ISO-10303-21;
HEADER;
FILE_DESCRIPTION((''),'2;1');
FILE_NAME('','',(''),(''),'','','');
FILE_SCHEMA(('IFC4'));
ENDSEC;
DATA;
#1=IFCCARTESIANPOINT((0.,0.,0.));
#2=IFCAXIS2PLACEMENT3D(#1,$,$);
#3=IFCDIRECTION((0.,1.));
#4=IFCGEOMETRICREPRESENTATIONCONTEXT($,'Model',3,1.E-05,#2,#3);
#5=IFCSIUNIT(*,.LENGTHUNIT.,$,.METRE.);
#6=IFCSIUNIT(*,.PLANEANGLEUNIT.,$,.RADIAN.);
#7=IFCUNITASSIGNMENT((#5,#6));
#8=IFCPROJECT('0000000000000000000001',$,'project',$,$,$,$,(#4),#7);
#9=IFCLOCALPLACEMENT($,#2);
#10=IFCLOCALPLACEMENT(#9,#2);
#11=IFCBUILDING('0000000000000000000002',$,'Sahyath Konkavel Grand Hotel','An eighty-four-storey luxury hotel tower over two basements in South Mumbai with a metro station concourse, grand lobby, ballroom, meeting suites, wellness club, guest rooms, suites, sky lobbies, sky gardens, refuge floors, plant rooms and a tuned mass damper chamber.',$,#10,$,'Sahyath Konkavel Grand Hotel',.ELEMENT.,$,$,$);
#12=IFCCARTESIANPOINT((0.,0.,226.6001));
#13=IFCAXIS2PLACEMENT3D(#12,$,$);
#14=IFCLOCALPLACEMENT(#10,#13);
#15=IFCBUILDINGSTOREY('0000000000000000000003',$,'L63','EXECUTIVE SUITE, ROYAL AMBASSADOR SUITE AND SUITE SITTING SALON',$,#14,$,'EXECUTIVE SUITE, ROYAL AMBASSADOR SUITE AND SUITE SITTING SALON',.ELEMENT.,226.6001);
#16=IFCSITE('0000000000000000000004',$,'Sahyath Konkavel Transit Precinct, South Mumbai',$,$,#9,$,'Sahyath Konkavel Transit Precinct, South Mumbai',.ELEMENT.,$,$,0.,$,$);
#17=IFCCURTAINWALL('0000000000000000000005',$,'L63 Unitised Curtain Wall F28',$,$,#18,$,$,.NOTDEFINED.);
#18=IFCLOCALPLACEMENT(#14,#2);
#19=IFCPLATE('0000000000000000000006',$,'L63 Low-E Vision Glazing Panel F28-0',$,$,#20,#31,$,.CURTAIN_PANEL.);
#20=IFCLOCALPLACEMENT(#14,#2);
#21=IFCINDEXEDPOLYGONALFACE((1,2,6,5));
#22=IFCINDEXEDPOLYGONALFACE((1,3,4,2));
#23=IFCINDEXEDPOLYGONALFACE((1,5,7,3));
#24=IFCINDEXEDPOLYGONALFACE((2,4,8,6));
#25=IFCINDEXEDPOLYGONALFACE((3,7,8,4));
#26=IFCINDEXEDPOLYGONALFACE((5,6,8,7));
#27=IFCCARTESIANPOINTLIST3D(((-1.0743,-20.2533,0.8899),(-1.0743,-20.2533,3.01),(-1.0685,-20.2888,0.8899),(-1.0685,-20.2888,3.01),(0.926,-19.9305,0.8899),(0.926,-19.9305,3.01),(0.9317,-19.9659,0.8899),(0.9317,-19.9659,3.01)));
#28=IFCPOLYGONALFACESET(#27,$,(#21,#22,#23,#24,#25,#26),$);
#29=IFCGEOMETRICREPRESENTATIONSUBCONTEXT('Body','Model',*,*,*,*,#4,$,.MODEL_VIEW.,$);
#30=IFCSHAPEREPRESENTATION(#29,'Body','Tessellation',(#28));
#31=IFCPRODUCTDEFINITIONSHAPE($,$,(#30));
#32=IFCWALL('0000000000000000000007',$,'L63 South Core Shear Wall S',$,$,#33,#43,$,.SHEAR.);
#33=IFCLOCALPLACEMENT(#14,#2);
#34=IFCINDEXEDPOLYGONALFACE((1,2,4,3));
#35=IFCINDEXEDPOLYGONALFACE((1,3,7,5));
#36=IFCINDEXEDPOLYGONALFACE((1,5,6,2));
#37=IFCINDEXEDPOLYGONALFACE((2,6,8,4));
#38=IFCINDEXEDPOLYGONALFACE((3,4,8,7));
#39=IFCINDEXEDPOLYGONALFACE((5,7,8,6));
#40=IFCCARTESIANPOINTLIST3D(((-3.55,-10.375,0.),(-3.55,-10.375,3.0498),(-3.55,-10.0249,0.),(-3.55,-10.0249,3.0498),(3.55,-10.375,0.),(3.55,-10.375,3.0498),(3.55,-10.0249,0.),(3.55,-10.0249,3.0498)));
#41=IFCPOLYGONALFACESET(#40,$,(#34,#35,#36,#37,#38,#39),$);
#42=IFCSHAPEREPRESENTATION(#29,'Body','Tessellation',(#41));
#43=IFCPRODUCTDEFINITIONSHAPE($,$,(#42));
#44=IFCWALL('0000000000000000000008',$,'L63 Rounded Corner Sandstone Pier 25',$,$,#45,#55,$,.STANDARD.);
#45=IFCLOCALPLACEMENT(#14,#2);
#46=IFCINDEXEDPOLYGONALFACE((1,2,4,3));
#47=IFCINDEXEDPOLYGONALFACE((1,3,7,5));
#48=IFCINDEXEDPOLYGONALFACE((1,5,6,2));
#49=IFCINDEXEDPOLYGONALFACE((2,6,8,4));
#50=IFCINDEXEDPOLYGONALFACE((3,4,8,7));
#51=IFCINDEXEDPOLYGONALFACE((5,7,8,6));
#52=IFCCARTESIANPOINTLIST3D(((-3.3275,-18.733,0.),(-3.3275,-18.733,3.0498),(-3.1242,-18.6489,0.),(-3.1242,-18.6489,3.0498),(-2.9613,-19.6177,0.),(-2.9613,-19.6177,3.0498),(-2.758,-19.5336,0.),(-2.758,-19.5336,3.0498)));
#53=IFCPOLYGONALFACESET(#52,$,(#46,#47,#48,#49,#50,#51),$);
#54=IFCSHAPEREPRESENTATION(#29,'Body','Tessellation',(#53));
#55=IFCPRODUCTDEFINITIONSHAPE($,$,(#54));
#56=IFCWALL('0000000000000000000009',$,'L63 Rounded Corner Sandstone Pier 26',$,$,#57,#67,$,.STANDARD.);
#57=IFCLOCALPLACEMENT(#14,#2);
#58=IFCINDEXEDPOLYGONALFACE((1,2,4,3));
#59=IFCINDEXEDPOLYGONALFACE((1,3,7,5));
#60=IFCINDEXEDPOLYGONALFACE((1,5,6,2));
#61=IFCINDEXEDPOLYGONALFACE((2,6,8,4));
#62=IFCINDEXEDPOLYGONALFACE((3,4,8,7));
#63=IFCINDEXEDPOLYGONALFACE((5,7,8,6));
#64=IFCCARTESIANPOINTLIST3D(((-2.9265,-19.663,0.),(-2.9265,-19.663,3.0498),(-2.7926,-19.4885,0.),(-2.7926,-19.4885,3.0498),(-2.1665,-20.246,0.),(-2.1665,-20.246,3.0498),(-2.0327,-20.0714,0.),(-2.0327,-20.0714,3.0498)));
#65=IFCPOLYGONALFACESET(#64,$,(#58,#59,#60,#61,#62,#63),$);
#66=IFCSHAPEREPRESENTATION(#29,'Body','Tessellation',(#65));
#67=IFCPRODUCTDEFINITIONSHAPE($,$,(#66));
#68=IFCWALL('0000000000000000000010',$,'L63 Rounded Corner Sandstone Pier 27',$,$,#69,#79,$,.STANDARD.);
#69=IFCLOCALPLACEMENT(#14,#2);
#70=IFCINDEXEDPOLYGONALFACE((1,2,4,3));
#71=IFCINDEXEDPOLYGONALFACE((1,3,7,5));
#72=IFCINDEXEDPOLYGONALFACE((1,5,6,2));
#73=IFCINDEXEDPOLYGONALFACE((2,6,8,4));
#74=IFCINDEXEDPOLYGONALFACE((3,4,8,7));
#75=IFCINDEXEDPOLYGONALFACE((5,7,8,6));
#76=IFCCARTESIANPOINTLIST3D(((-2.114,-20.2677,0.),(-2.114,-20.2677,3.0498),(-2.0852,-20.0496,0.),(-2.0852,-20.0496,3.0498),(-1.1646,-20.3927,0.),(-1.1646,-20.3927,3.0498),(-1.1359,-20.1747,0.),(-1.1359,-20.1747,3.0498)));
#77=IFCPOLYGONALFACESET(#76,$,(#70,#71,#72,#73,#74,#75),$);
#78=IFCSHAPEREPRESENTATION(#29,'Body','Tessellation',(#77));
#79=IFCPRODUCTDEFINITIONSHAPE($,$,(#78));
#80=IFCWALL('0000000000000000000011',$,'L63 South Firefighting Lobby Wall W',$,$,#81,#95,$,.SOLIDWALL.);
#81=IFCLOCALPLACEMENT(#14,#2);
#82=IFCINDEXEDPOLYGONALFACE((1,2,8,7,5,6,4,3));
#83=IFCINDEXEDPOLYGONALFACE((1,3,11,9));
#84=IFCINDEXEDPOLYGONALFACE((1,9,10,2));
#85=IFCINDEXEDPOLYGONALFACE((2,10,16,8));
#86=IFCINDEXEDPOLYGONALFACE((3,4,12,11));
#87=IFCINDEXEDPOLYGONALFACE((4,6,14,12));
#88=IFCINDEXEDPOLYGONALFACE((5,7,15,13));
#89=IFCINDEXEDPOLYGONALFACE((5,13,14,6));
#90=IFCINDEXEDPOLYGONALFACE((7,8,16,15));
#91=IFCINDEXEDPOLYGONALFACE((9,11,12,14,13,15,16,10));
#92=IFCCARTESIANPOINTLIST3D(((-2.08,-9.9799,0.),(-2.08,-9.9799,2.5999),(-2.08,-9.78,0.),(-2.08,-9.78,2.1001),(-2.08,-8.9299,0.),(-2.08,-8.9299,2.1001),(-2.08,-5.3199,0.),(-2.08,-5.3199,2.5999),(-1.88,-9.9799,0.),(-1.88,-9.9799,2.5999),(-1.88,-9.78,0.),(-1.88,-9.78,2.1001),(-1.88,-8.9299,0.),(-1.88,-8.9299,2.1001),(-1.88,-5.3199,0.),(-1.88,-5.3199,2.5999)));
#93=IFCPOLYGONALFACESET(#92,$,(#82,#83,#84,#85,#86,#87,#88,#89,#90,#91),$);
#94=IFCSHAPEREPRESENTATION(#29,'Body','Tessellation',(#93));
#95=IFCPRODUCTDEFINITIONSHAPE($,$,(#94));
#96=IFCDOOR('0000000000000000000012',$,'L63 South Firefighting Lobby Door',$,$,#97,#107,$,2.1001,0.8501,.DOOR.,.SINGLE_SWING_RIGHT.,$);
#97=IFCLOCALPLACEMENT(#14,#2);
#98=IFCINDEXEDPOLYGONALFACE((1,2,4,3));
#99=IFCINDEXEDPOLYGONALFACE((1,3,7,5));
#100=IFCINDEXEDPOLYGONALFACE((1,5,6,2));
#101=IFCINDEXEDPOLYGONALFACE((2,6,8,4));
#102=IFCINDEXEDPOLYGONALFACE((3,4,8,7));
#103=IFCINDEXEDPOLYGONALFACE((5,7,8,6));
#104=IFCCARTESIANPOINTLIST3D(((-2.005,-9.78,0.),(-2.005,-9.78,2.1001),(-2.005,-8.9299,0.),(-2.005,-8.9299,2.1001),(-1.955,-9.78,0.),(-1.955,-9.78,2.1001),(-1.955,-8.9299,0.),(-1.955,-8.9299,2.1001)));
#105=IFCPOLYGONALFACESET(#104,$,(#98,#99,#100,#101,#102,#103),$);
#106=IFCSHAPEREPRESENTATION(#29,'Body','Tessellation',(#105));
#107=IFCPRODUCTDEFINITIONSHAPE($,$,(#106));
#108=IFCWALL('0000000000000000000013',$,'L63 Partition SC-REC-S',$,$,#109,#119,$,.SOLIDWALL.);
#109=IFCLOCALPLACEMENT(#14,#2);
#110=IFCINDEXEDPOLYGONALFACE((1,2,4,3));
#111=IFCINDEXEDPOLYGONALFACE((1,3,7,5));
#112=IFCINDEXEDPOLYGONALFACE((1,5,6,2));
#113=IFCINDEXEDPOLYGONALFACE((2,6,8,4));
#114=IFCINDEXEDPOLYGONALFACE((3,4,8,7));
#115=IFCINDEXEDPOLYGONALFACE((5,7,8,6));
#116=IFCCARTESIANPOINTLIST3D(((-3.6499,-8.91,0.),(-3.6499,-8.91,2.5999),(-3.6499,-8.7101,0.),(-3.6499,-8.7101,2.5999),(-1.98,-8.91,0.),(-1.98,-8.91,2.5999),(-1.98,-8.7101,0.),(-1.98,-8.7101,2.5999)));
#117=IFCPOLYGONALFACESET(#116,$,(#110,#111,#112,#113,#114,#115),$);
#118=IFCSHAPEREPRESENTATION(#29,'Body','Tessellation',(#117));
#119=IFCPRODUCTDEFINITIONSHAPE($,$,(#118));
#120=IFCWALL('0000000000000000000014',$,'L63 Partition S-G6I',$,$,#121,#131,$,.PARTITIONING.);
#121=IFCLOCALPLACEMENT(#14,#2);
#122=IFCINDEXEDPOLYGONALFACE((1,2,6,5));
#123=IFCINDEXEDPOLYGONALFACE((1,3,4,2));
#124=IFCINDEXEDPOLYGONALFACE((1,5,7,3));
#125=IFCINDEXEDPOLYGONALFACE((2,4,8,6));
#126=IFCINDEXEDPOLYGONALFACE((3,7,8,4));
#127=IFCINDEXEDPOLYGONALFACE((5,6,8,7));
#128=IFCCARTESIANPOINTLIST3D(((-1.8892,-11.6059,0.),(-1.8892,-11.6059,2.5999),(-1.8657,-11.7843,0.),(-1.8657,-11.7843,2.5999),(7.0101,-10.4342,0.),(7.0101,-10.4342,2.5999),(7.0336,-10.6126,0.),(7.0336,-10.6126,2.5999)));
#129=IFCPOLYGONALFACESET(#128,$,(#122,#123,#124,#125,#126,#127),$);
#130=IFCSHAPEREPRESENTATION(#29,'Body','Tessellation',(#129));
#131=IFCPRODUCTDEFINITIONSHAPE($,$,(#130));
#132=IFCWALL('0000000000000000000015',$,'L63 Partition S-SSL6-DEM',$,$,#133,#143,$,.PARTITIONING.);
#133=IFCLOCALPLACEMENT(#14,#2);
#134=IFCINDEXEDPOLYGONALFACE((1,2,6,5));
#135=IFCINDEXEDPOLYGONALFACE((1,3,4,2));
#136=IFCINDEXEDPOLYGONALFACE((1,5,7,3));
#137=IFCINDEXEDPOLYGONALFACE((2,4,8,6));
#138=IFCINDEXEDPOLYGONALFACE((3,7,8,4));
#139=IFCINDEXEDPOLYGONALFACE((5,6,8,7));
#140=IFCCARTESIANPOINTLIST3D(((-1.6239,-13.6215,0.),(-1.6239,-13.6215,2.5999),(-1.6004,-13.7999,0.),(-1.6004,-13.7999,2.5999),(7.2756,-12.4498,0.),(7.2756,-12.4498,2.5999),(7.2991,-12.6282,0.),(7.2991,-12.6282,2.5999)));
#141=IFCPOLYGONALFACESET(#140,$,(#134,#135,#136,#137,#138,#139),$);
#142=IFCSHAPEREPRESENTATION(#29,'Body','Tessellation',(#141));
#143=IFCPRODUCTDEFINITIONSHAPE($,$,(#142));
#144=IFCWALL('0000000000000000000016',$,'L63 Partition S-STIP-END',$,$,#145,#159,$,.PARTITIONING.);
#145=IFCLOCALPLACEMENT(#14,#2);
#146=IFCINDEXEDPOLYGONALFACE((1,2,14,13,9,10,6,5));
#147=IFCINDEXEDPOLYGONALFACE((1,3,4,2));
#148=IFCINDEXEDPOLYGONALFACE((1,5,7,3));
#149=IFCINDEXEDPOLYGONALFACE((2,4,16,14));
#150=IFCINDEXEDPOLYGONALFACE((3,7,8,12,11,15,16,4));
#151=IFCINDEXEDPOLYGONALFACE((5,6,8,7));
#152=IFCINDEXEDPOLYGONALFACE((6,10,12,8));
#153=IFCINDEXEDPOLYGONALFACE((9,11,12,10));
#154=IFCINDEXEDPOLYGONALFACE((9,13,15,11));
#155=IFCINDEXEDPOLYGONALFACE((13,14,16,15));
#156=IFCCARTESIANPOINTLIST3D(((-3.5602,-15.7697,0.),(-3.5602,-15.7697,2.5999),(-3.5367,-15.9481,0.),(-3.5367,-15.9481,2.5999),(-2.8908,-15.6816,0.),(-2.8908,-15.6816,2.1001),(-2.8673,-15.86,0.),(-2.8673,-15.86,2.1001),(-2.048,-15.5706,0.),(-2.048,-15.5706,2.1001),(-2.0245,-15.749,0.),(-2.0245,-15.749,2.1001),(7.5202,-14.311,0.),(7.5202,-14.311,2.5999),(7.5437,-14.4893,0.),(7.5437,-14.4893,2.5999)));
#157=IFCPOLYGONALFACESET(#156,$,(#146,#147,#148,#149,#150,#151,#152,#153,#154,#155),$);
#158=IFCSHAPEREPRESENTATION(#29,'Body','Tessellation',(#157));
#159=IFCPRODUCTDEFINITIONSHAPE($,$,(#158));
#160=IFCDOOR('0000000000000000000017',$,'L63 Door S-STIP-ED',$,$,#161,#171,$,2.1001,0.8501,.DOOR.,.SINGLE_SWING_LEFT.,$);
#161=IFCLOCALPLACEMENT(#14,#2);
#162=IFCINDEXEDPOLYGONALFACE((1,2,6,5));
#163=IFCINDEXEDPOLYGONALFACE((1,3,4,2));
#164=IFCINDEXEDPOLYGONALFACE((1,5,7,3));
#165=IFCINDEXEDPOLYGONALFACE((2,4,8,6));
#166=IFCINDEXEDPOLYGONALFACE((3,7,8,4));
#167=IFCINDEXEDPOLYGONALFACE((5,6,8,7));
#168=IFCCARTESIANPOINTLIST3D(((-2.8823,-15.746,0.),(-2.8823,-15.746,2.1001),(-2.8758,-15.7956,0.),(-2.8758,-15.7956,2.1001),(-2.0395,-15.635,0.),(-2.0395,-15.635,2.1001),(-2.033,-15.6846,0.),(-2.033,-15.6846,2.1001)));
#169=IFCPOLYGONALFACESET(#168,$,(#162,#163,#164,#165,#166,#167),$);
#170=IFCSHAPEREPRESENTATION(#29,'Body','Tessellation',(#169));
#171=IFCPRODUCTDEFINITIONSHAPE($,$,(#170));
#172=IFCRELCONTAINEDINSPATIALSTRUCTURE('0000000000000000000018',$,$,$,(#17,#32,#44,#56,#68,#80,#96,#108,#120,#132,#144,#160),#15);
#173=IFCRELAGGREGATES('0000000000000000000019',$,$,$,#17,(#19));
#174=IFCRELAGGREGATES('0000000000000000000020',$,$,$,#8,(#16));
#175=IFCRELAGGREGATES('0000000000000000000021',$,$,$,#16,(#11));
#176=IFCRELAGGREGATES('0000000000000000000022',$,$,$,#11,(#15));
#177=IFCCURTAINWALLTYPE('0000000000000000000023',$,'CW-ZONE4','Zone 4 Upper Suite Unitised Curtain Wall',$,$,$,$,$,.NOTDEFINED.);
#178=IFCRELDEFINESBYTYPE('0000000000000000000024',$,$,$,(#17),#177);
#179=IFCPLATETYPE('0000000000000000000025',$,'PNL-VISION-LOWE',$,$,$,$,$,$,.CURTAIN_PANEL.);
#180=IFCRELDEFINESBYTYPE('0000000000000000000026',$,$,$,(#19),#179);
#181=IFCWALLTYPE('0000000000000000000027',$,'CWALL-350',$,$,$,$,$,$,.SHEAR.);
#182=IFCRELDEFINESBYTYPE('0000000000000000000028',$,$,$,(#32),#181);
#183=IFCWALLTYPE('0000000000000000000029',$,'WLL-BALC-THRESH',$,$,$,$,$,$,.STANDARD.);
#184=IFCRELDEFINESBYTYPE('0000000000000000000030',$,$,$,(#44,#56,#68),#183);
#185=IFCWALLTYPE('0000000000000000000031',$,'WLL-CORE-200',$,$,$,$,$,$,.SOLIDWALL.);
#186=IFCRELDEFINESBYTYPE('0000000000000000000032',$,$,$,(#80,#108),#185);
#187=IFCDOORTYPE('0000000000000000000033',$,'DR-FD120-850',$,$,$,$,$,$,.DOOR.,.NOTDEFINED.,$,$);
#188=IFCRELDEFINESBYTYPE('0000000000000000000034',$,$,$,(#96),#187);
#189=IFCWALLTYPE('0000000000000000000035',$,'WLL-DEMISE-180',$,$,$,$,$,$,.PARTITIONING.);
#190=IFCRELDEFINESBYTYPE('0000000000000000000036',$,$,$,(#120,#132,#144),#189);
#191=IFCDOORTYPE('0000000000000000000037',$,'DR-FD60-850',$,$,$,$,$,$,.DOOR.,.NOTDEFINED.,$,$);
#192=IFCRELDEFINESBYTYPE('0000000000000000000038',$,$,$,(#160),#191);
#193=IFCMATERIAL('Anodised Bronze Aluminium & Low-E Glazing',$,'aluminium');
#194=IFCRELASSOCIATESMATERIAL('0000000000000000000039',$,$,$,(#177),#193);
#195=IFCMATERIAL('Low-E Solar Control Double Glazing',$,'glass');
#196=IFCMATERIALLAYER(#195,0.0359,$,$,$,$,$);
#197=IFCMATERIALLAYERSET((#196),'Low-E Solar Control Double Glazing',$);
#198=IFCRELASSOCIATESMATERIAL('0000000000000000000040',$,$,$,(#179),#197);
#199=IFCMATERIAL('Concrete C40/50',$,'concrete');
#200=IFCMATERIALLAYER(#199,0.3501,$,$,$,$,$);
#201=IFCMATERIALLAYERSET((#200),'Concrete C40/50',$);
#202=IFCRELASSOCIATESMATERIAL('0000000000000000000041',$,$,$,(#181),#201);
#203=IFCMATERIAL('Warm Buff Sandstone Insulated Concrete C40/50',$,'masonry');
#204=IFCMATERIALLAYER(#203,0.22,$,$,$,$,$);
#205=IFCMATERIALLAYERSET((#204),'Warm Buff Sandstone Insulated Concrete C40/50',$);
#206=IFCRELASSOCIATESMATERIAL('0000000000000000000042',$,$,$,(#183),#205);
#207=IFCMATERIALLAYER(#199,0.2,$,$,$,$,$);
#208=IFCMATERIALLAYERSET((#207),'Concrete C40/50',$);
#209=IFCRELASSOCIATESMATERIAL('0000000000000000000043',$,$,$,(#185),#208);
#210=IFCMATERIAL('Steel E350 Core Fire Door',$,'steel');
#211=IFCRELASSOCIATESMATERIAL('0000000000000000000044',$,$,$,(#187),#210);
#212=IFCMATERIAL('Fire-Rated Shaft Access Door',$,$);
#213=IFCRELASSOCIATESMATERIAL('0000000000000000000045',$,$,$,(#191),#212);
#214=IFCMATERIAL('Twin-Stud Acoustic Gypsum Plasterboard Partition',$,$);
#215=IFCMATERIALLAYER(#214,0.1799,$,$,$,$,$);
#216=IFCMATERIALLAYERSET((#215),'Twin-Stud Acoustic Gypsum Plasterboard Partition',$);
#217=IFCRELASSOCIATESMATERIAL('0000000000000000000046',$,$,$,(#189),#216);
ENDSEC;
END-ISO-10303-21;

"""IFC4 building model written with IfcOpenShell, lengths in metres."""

from ifc_helpers import new_model, si_unit, direction, frame, frame_2d, origin, origin_2d, place, context, subcontext, project, spatial, rectangle, extrude, source, transform, mapped, material, layer, layer_set, type_object, element, fill, aggregate, save


model = new_model("IFC4")

# Units and contexts
model_context = context("Model", 3, precision=1e-05, world=origin(), true_north=direction((0.0, 1.0)))
body_context = subcontext(model_context, "Body", "Model", "MODEL_VIEW")
ifc_project = project(units=[si_unit("LENGTHUNIT", "METRE"), si_unit("PLANEANGLEUNIT", "RADIAN")], contexts=[model_context])

# Site, building, storey
site_placement = place(None, origin())
site = spatial("IfcSite", under=ifc_project, at=site_placement, Name="Sahyath Konkavel Transit Precinct, South Mumbai", LongName="Sahyath Konkavel Transit Precinct, South Mumbai", CompositionType="ELEMENT", RefElevation=0.0)
building_placement = place(site_placement, origin())
building = spatial("IfcBuilding", under=site, at=building_placement, Name="Sahyath Konkavel Grand Hotel", Description="An eighty-four-storey luxury hotel tower over two basements in South Mumbai with a metro station concourse, grand lobby, ballroom, meeting suites, wellness club, guest rooms, suites, sky lobbies, sky gardens, refuge floors, plant rooms and a tuned mass damper chamber.", LongName="Sahyath Konkavel Grand Hotel", CompositionType="ELEMENT")
storey_placement = place(building_placement, frame((0.0, 0.0, 226.6001)))
storey = spatial("IfcBuildingStorey", under=building, at=storey_placement, Name="L63", Description="EXECUTIVE SUITE, ROYAL AMBASSADOR SUITE AND SUITE SITTING SALON", LongName="EXECUTIVE SUITE, ROYAL AMBASSADOR SUITE AND SUITE SITTING SALON", CompositionType="ELEMENT", Elevation=226.6001)

# Shared definitions
ifc_material_1 = material(Name="Concrete C40/50", Category="concrete")

# Shared definitions
ifc_material_2 = material(Name="Anodised Bronze Aluminium & Low-E Glazing", Category="aluminium")
curtain_wall_type = type_object("IfcCurtainWallType", Name="CW-ZONE4", Description="Zone 4 Upper Suite Unitised Curtain Wall", PredefinedType="NOTDEFINED", material=ifc_material_2)

# Curtain wall
curtain_wall_1_placement = place(storey_placement, origin())
curtain_wall_1 = element("IfcCurtainWall", 1, at=curtain_wall_1_placement, inside=storey, type_object=curtain_wall_type, Name="L63 Unitised Curtain Wall F28", PredefinedType="NOTDEFINED")

# Plate
ifc_material_3 = material(Name="Low-E Solar Control Double Glazing", Category="glass")
ifc_layer_1 = layer(ifc_material_3, 0.0359)
ifc_layer_set_1 = layer_set([ifc_layer_1], Name="Low-E Solar Control Double Glazing")
plate_type_1 = type_object("IfcPlateType", Name="PNL-VISION-LOWE", PredefinedType="CURTAIN_PANEL", material=ifc_layer_set_1)
shared_shape_1 = source(origin(), body_context, "Body", "SweptSolid", [
    extrude(rectangle(XDim=2.0261, YDim=0.0359, at=origin_2d()), origin(), (0.0, 0.0, 1.0), 2.1201),
])
plate_1_placement = place(storey_placement, frame((-0.0713, -20.1096, 0.8899), z_axis=(0.0, 0.0, 1.0), x_axis=(0.98722, 0.159364, 0.0)))
plate_1 = element("IfcPlate", 2, at=plate_1_placement, type_object=plate_type_1, Name="L63 Low-E Vision Glazing Panel F28-0", PredefinedType="CURTAIN_PANEL", context=body_context, shape_type="MappedRepresentation", body=[
    mapped(shared_shape_1, transform((0.0, 0.0, 0.0), scale=1.0)),
])
aggregate(curtain_wall_1, [plate_1])

# Walls
ifc_layer_2 = layer(ifc_material_1, 0.3501)
ifc_layer_set_2 = layer_set([ifc_layer_2], Name="Concrete C40/50")
wall_type_1 = type_object("IfcWallType", Name="CWALL-350", PredefinedType="SHEAR", material=ifc_layer_set_2)
wall_1_placement = place(storey_placement, frame((-3.55, -10.2, 0.0), z_axis=(0.0, 0.0, 1.0), x_axis=(1.0, 0.0, 0.0)))
element("IfcWall", 3, at=wall_1_placement, inside=storey, type_object=wall_type_1, Name="L63 South Core Shear Wall S", PredefinedType="SHEAR", context=body_context, shape_type="SweptSolid", body=[
    extrude(rectangle(XDim=7.1001, YDim=0.3501, at=frame_2d((3.55, 0.0))), origin(), (0.0, 0.0, 1.0), 3.0498),
])
ifc_material_4 = material(Name="Warm Buff Sandstone Insulated Concrete C40/50", Category="masonry")
ifc_layer_3 = layer(ifc_material_4, 0.22)
ifc_layer_set_3 = layer_set([ifc_layer_3], Name="Warm Buff Sandstone Insulated Concrete C40/50")
wall_type_2 = type_object("IfcWallType", Name="WLL-BALC-THRESH", PredefinedType="STANDARD", material=ifc_layer_set_3)
wall_2_placement = place(storey_placement, frame((-3.2258, -18.6909, 0.0), z_axis=(0.0, 0.0, 1.0), x_axis=(0.382442, -0.92398, 0.0)))
element("IfcWall", 4, at=wall_2_placement, inside=storey, type_object=wall_type_2, Name="L63 Rounded Corner Sandstone Pier 25", PredefinedType="STANDARD", context=body_context, shape_type="SweptSolid", body=[
    extrude(rectangle(XDim=0.9575, YDim=0.22, at=frame_2d((0.4788, 0.0))), origin(), (0.0, 0.0, 1.0), 3.0498),
])
wall_3_placement = place(storey_placement, frame((-2.8596, -19.5757, 0.0), z_axis=(0.0, 0.0, 1.0), x_axis=(0.793438, -0.608651, 0.0)))
element("IfcWall", 5, at=wall_3_placement, inside=storey, type_object=wall_type_2, Name="L63 Rounded Corner Sandstone Pier 26", PredefinedType="STANDARD", context=body_context, shape_type="SweptSolid", body=[
    extrude(rectangle(XDim=0.9578, YDim=0.22, at=frame_2d((0.479, 0.0))), origin(), (0.0, 0.0, 1.0), 3.0498),
])
wall_4_placement = place(storey_placement, frame((-2.0996, -20.1587, 0.0), z_axis=(0.0, 0.0, 1.0), x_axis=(0.99144, -0.13056, 0.0)))
element("IfcWall", 6, at=wall_4_placement, inside=storey, type_object=wall_type_2, Name="L63 Rounded Corner Sandstone Pier 27", PredefinedType="STANDARD", context=body_context, shape_type="SweptSolid", body=[
    extrude(rectangle(XDim=0.9575, YDim=0.22, at=frame_2d((0.4788, 0.0))), origin(), (0.0, 0.0, 1.0), 3.0498),
])

# Wall, opening, door
ifc_layer_4 = layer(ifc_material_1, 0.2)
ifc_layer_set_4 = layer_set([ifc_layer_4], Name="Concrete C40/50")
wall_type_3 = type_object("IfcWallType", Name="WLL-CORE-200", PredefinedType="SOLIDWALL", material=ifc_layer_set_4)
wall_5_placement = place(storey_placement, frame((-1.98, -9.98, 0.0), z_axis=(0.0, 0.0, 1.0), x_axis=(0.0, 1.0, 0.0)))
wall_5 = element("IfcWall", 7, at=wall_5_placement, inside=storey, type_object=wall_type_3, Name="L63 South Firefighting Lobby Wall W", PredefinedType="SOLIDWALL", context=body_context, shape_type="SweptSolid", body=[
    extrude(rectangle(XDim=4.6599, YDim=0.2, at=frame_2d((2.3301, 0.0))), origin(), (0.0, 0.0, 1.0), 2.5999),
])
opening_1_placement = place(wall_5_placement, frame((0.2, 0.0, 0.0)))
opening_1 = element("IfcOpeningElement", 8, at=opening_1_placement, cuts=wall_5, PredefinedType="OPENING", context=body_context, shape_type="SweptSolid", body=[
    extrude(rectangle(XDim=0.8501, YDim=2.1001, at=frame_2d((0.425, 1.05))), frame((0.0, 0.1099, 0.0), z_axis=(0.0, -1.0, 0.0), x_axis=(1.0, 0.0, 0.0)), (0.0, 0.0, 1.0), 0.22),
])
ifc_material_5 = material(Name="Steel E350 Core Fire Door", Category="steel")
door_type_1 = type_object("IfcDoorType", Name="DR-FD120-850", OperationType="NOTDEFINED", PredefinedType="DOOR", material=ifc_material_5)
shared_shape_2 = source(origin(), body_context, "Body", "SweptSolid", [
    extrude(rectangle(XDim=0.8501, YDim=0.05, at=origin_2d()), origin(), (0.0, 0.0, 1.0), 2.1001),
])
door_1_placement = place(opening_1_placement, frame((0.425, 0.0, 0.0)))
door_1 = element("IfcDoor", 9, at=door_1_placement, inside=storey, type_object=door_type_1, Name="L63 South Firefighting Lobby Door", OperationType="SINGLE_SWING_RIGHT", OverallHeight=2.1001, OverallWidth=0.8501, PredefinedType="DOOR", context=body_context, shape_type="MappedRepresentation", body=[
    mapped(shared_shape_2, transform((0.0, 0.0, 0.0), scale=1.0)),
])
fill(opening_1, door_1)

# Shared definitions
ifc_material_6 = material(Name="Fire-Rated Shaft Access Door")
door_type_2 = type_object("IfcDoorType", Name="DR-FD60-850", OperationType="NOTDEFINED", PredefinedType="DOOR", material=ifc_material_6)

# Walls
wall_6_placement = place(storey_placement, frame((-3.6499, -8.8101, 0.0), z_axis=(0.0, 0.0, 1.0), x_axis=(1.0, 0.0, 0.0)))
element("IfcWall", 10, at=wall_6_placement, inside=storey, type_object=wall_type_3, Name="L63 Partition SC-REC-S", PredefinedType="SOLIDWALL", context=body_context, shape_type="SweptSolid", body=[
    extrude(rectangle(XDim=1.6699, YDim=0.2, at=frame_2d((0.835, 0.0))), origin(), (0.0, 0.0, 1.0), 2.5999),
])
ifc_material_7 = material(Name="Twin-Stud Acoustic Gypsum Plasterboard Partition")
ifc_layer_5 = layer(ifc_material_7, 0.1799)
ifc_layer_set_5 = layer_set([ifc_layer_5], Name="Twin-Stud Acoustic Gypsum Plasterboard Partition")
wall_type_4 = type_object("IfcWallType", Name="WLL-DEMISE-180", PredefinedType="PARTITIONING", material=ifc_layer_set_5)
wall_7_placement = place(storey_placement, frame((-1.8774, -11.6951, 0.0), z_axis=(0.0, 0.0, 1.0), x_axis=(0.991444, 0.13053, 0.0)))
element("IfcWall", 11, at=wall_7_placement, inside=storey, type_object=wall_type_4, Name="L63 Partition S-G6I", PredefinedType="PARTITIONING", context=body_context, shape_type="SweptSolid", body=[
    extrude(rectangle(XDim=8.9761, YDim=0.1799, at=frame_2d((4.488, 0.0))), origin(), (0.0, 0.0, 1.0), 2.5999),
])
wall_8_placement = place(storey_placement, frame((-1.6123, -13.7107, 0.0), z_axis=(0.0, 0.0, 1.0), x_axis=(0.991445, 0.130526, 0.0)))
element("IfcWall", 12, at=wall_8_placement, inside=storey, type_object=wall_type_4, Name="L63 Partition S-SSL6-DEM", PredefinedType="PARTITIONING", context=body_context, shape_type="SweptSolid", body=[
    extrude(rectangle(XDim=8.9763, YDim=0.1799, at=frame_2d((4.4883, 0.0))), origin(), (0.0, 0.0, 1.0), 2.5999),
])

# Wall, opening, door
wall_9_placement = place(storey_placement, frame((-3.5483, -15.8589, 0.0), z_axis=(0.0, 0.0, 1.0), x_axis=(0.991445, 0.130525, 0.0)))
wall_9 = element("IfcWall", 13, at=wall_9_placement, inside=storey, type_object=wall_type_4, Name="L63 Partition S-STIP-END", PredefinedType="PARTITIONING", context=body_context, shape_type="SweptSolid", body=[
    extrude(rectangle(XDim=11.176, YDim=0.1799, at=frame_2d((5.5879, 0.0))), origin(), (0.0, 0.0, 1.0), 2.5999),
])
opening_2_placement = place(wall_9_placement, frame((0.675, 0.0, 0.0)))
opening_2 = element("IfcOpeningElement", 14, at=opening_2_placement, cuts=wall_9, PredefinedType="OPENING", context=body_context, shape_type="SweptSolid", body=[
    extrude(rectangle(XDim=0.8501, YDim=2.1001, at=frame_2d((0.425, 1.05))), frame((0.0, 0.1001, 0.0), z_axis=(0.0, -1.0, 0.0), x_axis=(1.0, 0.0, 0.0)), (0.0, 0.0, 1.0), 0.2),
])
door_2_placement = place(opening_2_placement, frame((0.425, 0.0, 0.0)))
door_2 = element("IfcDoor", 15, at=door_2_placement, inside=storey, type_object=door_type_2, Name="L63 Door S-STIP-ED", OperationType="SINGLE_SWING_LEFT", OverallHeight=2.1001, OverallWidth=0.8501, PredefinedType="DOOR", context=body_context, shape_type="MappedRepresentation", body=[
    mapped(shared_shape_2, transform((0.0, 0.0, 0.0), scale=1.0)),
])
fill(opening_2, door_2)

save(model, "model.ifc")
